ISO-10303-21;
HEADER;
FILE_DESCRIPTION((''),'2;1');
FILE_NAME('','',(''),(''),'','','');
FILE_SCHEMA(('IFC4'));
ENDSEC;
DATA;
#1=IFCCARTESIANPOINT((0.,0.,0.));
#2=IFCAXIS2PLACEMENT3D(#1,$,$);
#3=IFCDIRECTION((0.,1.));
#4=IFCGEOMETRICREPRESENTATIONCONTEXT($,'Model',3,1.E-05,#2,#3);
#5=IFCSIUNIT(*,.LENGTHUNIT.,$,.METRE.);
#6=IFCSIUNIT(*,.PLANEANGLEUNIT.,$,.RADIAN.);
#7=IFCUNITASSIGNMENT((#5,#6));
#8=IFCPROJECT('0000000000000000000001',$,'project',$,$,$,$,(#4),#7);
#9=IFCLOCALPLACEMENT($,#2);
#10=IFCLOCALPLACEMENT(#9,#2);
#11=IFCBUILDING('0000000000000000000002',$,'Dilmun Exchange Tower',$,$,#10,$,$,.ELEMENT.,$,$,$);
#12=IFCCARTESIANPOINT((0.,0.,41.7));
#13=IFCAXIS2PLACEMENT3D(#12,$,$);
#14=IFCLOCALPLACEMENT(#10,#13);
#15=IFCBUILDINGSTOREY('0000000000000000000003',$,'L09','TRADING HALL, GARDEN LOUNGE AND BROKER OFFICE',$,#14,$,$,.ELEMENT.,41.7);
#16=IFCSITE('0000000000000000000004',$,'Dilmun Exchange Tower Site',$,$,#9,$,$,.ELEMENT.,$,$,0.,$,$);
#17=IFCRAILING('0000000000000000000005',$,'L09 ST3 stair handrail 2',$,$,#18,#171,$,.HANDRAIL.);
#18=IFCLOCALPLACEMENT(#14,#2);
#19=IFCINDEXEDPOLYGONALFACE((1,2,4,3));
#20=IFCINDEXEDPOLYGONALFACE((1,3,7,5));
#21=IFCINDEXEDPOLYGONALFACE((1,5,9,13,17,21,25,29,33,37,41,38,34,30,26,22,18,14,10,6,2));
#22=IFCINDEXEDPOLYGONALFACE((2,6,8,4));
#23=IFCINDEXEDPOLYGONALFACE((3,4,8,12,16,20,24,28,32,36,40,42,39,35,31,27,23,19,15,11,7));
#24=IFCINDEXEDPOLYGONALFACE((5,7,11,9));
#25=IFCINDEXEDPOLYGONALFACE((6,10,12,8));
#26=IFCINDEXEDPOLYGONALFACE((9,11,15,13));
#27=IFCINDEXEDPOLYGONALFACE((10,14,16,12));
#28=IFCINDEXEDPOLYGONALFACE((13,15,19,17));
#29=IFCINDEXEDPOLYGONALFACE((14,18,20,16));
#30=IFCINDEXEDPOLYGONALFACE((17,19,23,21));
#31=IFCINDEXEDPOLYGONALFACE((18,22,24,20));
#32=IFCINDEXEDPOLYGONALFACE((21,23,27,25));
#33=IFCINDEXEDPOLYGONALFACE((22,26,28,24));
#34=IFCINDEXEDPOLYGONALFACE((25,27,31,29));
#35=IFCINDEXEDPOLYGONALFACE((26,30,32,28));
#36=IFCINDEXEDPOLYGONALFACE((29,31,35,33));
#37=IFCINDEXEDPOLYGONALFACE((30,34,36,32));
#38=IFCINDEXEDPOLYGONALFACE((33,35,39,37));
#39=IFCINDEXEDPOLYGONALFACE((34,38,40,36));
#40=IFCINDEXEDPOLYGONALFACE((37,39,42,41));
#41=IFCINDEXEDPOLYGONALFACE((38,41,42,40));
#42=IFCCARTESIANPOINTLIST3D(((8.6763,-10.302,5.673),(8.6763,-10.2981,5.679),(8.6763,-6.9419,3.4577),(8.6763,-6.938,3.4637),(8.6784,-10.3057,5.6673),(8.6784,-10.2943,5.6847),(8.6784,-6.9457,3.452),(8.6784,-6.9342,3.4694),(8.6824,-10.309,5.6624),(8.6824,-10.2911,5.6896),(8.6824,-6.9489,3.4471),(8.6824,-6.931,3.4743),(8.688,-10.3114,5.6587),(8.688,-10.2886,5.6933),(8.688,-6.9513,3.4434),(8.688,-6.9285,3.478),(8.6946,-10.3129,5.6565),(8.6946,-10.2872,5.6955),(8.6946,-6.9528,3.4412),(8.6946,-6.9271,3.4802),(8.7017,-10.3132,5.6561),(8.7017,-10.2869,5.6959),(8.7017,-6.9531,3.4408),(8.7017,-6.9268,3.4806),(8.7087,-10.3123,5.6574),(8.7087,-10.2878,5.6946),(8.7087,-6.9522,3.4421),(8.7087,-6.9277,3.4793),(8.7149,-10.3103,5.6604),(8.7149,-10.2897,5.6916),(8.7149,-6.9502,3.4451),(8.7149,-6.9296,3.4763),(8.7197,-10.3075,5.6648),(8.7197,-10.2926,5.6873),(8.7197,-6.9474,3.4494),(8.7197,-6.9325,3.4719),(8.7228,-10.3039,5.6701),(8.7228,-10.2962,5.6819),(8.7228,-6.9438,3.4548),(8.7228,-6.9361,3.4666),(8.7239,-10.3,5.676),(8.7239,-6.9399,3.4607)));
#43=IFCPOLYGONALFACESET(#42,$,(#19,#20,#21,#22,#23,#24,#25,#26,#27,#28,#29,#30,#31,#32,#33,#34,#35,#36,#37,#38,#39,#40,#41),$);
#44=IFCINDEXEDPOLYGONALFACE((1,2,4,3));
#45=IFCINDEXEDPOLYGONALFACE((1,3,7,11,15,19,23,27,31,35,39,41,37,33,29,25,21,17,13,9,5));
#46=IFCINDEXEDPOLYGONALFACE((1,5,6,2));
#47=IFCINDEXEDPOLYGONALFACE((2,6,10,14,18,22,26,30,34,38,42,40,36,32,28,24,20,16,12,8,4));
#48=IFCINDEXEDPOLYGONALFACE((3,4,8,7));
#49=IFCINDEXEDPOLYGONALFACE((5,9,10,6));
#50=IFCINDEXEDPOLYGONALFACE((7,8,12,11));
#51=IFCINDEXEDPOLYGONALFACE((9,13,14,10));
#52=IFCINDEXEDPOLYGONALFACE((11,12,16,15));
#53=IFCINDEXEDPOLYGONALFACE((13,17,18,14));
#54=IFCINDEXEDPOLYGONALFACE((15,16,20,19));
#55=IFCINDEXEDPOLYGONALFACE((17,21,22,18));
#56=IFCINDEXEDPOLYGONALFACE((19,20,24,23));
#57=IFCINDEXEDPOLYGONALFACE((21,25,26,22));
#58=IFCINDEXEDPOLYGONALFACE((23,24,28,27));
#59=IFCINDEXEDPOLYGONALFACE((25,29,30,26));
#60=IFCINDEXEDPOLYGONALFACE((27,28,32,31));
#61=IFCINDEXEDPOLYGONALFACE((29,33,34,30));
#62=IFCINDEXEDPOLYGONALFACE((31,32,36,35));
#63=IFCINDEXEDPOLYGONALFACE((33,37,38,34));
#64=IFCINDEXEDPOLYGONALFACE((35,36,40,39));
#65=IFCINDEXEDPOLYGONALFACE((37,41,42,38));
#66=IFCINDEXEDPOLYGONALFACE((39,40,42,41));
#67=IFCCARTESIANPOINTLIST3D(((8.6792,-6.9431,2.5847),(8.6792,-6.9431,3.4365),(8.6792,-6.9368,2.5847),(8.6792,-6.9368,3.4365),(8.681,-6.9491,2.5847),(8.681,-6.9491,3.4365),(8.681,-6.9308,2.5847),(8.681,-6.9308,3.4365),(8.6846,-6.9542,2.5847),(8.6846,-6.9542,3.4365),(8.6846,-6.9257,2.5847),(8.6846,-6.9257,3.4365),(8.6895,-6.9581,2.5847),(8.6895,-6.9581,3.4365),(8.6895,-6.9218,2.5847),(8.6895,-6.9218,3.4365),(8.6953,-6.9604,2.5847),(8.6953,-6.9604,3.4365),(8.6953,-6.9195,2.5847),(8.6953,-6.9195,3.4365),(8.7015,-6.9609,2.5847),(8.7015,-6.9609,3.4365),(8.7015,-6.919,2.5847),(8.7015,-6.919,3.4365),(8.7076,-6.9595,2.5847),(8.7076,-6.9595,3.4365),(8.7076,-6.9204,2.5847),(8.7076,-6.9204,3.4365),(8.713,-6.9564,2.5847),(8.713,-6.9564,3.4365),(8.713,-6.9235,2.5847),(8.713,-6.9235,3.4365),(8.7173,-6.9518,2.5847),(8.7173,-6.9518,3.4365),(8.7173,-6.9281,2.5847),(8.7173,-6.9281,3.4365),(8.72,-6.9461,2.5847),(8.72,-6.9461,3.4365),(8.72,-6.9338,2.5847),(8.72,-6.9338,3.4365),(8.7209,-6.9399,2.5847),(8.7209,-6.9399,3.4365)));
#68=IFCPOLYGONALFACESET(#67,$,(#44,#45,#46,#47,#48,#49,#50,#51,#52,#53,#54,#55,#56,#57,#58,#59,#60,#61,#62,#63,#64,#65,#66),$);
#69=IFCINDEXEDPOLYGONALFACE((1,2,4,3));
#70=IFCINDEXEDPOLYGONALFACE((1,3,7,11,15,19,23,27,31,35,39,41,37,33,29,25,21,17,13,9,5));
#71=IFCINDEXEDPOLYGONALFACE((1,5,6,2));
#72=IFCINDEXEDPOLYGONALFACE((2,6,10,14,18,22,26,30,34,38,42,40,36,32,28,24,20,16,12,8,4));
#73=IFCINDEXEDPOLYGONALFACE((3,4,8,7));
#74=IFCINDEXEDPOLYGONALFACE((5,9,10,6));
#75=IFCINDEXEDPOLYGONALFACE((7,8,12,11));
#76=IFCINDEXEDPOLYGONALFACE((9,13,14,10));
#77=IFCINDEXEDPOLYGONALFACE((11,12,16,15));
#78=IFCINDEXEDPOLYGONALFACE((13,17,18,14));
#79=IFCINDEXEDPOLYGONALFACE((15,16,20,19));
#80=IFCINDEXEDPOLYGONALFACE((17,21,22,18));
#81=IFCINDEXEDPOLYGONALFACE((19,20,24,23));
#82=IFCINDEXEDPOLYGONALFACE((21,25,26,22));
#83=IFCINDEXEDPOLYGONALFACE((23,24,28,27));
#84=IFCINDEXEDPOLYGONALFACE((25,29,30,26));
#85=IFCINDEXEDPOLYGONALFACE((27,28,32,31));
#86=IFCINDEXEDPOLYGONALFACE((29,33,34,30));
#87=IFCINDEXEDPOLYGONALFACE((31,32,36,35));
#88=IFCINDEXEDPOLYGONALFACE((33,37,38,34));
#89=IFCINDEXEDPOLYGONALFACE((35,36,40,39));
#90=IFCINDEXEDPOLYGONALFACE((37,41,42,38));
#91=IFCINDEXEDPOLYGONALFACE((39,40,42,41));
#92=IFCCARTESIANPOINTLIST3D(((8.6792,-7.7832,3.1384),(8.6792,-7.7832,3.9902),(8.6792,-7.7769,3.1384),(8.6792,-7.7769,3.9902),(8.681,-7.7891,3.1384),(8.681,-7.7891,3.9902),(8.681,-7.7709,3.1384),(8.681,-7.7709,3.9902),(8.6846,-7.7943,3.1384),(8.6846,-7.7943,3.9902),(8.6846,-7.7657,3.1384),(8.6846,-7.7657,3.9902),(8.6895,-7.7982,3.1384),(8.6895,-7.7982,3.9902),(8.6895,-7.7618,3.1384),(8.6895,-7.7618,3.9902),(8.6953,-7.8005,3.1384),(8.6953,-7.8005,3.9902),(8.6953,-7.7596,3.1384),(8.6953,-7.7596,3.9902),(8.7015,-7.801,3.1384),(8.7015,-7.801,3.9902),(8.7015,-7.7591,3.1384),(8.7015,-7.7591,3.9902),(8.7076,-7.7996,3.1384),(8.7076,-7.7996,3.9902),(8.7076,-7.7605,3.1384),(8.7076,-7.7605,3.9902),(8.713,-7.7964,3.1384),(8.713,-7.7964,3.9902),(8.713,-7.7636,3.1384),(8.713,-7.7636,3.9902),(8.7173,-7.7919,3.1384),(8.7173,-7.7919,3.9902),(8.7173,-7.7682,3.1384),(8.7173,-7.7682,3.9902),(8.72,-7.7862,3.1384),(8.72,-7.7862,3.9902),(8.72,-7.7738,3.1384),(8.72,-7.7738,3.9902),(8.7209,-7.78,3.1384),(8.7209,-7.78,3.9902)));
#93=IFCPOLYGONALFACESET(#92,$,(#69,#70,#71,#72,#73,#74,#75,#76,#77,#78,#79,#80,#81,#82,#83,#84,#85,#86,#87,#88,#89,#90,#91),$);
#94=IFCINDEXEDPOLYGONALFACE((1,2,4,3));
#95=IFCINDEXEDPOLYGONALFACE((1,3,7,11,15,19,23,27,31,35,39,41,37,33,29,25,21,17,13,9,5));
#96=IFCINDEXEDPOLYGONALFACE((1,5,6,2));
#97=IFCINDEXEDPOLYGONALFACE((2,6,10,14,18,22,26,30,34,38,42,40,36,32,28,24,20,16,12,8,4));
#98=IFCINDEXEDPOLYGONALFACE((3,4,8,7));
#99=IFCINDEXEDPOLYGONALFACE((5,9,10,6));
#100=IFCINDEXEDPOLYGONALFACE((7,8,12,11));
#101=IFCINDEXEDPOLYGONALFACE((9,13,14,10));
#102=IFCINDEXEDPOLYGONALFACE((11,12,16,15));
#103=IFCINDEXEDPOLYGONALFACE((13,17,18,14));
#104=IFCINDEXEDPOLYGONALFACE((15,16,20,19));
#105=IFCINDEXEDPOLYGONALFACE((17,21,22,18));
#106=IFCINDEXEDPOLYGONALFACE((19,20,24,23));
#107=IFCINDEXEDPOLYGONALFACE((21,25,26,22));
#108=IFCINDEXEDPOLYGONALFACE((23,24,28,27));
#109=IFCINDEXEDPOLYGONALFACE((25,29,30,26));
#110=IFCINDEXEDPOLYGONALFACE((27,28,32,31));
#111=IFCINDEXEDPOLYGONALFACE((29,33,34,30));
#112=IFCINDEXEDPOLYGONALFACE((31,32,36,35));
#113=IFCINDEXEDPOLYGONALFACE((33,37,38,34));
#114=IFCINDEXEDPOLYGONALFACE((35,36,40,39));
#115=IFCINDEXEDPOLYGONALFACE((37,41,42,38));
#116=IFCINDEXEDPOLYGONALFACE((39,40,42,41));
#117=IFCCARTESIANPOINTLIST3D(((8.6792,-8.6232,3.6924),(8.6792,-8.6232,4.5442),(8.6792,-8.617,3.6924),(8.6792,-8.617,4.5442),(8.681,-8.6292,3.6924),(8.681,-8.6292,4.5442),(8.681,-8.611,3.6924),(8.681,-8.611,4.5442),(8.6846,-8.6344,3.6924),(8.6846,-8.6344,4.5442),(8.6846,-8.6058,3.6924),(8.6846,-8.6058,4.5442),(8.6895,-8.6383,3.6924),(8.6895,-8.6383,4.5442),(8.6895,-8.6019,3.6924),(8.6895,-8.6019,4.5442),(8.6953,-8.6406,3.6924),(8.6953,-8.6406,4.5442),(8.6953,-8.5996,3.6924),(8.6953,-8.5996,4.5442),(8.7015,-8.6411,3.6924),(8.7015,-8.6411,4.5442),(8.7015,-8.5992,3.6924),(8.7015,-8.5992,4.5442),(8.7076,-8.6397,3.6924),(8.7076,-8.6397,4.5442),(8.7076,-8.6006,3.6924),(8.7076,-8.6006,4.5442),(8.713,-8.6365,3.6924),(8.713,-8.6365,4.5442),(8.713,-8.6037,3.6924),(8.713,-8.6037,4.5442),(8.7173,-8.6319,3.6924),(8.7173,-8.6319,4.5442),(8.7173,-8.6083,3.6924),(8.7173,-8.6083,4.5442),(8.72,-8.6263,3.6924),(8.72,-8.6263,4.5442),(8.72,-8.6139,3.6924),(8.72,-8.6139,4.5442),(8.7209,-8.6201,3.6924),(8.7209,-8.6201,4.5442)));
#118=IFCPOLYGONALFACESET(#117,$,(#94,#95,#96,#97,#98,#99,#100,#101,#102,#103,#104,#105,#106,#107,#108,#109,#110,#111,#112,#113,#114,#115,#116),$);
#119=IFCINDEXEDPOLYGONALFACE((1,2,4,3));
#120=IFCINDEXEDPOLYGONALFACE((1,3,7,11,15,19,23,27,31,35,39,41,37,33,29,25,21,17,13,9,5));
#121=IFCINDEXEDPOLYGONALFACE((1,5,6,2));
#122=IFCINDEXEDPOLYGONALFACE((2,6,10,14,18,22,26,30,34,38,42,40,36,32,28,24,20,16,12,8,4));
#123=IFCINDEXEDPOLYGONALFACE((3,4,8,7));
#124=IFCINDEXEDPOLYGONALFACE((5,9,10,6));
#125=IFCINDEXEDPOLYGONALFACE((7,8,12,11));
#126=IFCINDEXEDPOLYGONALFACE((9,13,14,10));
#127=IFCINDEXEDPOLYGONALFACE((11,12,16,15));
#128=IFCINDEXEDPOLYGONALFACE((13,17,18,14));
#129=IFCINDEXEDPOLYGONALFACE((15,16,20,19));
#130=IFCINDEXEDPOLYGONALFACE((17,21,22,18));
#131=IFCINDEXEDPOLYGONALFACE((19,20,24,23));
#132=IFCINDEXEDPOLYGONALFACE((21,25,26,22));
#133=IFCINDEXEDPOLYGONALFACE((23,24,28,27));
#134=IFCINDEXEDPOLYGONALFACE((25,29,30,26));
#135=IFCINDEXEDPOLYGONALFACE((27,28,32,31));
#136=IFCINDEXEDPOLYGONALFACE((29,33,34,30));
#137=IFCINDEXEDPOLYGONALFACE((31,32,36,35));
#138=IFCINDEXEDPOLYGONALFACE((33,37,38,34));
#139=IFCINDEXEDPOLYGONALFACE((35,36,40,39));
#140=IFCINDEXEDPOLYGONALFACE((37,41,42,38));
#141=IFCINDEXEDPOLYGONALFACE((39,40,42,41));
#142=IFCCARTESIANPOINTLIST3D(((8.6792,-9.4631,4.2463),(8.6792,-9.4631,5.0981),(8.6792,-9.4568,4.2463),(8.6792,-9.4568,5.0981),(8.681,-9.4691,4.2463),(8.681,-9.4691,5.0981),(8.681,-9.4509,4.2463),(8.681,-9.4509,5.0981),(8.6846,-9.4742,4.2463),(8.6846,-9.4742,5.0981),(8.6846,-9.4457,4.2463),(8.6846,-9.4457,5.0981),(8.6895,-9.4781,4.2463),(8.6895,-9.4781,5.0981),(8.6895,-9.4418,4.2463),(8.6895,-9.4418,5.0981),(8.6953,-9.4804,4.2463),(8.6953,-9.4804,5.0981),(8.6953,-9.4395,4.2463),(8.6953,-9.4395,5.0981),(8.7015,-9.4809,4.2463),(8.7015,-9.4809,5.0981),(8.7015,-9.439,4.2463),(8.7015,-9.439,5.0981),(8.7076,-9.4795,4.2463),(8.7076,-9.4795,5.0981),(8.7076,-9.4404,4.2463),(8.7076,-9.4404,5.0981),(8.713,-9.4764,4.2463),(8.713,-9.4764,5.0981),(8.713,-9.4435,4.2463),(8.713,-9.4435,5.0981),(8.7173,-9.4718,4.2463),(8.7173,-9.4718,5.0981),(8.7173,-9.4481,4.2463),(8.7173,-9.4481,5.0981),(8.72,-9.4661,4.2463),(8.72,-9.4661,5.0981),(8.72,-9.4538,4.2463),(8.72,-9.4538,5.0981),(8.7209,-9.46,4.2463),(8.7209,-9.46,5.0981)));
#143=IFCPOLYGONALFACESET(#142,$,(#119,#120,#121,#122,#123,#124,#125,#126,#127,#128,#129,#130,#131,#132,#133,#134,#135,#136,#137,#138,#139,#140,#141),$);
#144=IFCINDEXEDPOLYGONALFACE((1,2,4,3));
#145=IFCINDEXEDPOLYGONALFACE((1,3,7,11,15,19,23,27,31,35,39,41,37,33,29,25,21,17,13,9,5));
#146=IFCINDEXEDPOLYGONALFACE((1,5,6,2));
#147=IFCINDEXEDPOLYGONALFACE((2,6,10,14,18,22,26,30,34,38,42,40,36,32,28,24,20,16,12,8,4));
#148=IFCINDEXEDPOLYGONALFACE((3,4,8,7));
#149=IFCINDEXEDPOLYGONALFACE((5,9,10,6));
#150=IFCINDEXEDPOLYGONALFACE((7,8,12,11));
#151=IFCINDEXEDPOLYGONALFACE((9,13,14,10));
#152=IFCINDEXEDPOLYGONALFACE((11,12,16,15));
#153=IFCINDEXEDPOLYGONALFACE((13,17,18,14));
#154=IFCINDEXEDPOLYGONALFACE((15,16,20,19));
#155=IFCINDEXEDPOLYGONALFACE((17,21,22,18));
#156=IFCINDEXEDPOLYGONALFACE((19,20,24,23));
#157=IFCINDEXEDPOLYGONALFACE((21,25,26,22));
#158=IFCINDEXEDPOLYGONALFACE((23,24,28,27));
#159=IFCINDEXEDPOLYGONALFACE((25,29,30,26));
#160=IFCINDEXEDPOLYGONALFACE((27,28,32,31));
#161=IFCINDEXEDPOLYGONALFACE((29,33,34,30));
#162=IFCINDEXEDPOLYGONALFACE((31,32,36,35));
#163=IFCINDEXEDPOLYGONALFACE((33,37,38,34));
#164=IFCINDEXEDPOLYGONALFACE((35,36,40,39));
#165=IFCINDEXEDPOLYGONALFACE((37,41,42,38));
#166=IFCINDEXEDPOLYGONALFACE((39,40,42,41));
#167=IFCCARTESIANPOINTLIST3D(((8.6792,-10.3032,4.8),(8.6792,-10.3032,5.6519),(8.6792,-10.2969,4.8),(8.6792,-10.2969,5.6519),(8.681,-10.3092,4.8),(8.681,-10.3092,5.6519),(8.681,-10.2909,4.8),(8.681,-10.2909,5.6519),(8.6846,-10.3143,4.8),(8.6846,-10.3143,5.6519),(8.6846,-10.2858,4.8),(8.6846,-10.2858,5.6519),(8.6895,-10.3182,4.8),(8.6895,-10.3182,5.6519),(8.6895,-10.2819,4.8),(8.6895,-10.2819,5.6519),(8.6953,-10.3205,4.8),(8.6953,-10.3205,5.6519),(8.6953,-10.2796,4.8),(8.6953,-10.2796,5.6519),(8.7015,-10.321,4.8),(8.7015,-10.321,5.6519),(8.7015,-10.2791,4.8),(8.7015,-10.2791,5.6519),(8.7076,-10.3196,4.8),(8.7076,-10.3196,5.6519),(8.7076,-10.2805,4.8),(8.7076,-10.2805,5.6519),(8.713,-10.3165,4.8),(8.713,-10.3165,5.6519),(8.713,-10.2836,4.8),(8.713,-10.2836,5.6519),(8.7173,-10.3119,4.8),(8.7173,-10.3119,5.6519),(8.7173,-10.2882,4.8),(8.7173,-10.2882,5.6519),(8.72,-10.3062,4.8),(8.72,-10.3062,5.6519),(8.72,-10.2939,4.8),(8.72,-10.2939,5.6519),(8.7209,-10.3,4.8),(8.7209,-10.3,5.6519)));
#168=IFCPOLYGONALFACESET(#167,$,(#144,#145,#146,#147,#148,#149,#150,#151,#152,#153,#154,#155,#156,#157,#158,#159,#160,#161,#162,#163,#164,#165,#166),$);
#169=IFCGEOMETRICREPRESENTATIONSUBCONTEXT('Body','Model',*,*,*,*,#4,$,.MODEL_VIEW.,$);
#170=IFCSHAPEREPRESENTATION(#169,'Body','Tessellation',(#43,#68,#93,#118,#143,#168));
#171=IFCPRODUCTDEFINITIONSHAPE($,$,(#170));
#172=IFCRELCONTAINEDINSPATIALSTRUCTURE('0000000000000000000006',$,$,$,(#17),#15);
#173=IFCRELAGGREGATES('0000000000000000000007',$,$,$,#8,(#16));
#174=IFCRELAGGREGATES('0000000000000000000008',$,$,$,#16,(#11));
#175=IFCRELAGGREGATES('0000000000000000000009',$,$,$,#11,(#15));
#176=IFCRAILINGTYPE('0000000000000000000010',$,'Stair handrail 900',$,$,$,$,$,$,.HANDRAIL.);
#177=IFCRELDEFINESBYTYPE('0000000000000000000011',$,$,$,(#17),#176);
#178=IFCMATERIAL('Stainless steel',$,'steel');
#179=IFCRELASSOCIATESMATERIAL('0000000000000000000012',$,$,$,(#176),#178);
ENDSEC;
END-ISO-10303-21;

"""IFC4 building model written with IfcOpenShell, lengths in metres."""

from ifc_helpers import new_model, si_unit, direction, frame, origin, origin_2d, place, context, subcontext, project, spatial, circle, extrude, material, type_object, element, save


model = new_model("IFC4")

# Units and contexts
model_context = context("Model", 3, precision=1e-05, world=origin(), true_north=direction((0.0, 1.0)))
body_context = subcontext(model_context, "Body", "Model", "MODEL_VIEW")
ifc_project = project(units=[si_unit("LENGTHUNIT", "METRE"), si_unit("PLANEANGLEUNIT", "RADIAN")], contexts=[model_context])

# Site, building, storey
site_placement = place(None, origin())
site = spatial("IfcSite", under=ifc_project, at=site_placement, Name="Dilmun Exchange Tower Site", CompositionType="ELEMENT", RefElevation=0.0)
building_placement = place(site_placement, origin())
building = spatial("IfcBuilding", under=site, at=building_placement, Name="Dilmun Exchange Tower", CompositionType="ELEMENT")
storey_placement = place(building_placement, frame((0.0, 0.0, 41.7)))
storey = spatial("IfcBuildingStorey", under=building, at=storey_placement, Name="L09", Description="TRADING HALL, GARDEN LOUNGE AND BROKER OFFICE", CompositionType="ELEMENT", Elevation=41.7)

# Railing
ifc_material_1 = material(Name="Stainless steel", Category="steel")
railing_type = type_object("IfcRailingType", Name="Stair handrail 900", PredefinedType="HANDRAIL", material=ifc_material_1)
railing_placement = place(storey_placement, frame((8.7, -6.9399, 2.5847)))
element("IfcRailing", 1, at=railing_placement, inside=storey, type_object=railing_type, Name="L09 ST3 stair handrail 2", PredefinedType="HANDRAIL", context=body_context, shape_type="SweptSolid", body=[
    extrude(circle(Radius=0.0239, at=origin_2d()), frame((0.0, 0.0, 0.876), z_axis=(0.0, -0.834876, 0.550437), x_axis=(1.0, 0.0, 0.0)), (0.0, 0.0, 1.0), 4.0247),
    extrude(circle(Radius=0.021, at=origin_2d()), origin(), (0.0, 0.0, 1.0), 0.8518),
    extrude(circle(Radius=0.021, at=origin_2d()), frame((0.0, -0.8401, 0.5537)), (0.0, 0.0, 1.0), 0.8518),
    extrude(circle(Radius=0.021, at=origin_2d()), frame((0.0, -1.6802, 1.1077)), (0.0, 0.0, 1.0), 0.8518),
    extrude(circle(Radius=0.021, at=origin_2d()), frame((0.0, -2.52, 1.6616)), (0.0, 0.0, 1.0), 0.8518),
    extrude(circle(Radius=0.021, at=origin_2d()), frame((0.0, -3.3601, 2.2153)), (0.0, 0.0, 1.0), 0.8518),
])

save(model, "model.ifc")
